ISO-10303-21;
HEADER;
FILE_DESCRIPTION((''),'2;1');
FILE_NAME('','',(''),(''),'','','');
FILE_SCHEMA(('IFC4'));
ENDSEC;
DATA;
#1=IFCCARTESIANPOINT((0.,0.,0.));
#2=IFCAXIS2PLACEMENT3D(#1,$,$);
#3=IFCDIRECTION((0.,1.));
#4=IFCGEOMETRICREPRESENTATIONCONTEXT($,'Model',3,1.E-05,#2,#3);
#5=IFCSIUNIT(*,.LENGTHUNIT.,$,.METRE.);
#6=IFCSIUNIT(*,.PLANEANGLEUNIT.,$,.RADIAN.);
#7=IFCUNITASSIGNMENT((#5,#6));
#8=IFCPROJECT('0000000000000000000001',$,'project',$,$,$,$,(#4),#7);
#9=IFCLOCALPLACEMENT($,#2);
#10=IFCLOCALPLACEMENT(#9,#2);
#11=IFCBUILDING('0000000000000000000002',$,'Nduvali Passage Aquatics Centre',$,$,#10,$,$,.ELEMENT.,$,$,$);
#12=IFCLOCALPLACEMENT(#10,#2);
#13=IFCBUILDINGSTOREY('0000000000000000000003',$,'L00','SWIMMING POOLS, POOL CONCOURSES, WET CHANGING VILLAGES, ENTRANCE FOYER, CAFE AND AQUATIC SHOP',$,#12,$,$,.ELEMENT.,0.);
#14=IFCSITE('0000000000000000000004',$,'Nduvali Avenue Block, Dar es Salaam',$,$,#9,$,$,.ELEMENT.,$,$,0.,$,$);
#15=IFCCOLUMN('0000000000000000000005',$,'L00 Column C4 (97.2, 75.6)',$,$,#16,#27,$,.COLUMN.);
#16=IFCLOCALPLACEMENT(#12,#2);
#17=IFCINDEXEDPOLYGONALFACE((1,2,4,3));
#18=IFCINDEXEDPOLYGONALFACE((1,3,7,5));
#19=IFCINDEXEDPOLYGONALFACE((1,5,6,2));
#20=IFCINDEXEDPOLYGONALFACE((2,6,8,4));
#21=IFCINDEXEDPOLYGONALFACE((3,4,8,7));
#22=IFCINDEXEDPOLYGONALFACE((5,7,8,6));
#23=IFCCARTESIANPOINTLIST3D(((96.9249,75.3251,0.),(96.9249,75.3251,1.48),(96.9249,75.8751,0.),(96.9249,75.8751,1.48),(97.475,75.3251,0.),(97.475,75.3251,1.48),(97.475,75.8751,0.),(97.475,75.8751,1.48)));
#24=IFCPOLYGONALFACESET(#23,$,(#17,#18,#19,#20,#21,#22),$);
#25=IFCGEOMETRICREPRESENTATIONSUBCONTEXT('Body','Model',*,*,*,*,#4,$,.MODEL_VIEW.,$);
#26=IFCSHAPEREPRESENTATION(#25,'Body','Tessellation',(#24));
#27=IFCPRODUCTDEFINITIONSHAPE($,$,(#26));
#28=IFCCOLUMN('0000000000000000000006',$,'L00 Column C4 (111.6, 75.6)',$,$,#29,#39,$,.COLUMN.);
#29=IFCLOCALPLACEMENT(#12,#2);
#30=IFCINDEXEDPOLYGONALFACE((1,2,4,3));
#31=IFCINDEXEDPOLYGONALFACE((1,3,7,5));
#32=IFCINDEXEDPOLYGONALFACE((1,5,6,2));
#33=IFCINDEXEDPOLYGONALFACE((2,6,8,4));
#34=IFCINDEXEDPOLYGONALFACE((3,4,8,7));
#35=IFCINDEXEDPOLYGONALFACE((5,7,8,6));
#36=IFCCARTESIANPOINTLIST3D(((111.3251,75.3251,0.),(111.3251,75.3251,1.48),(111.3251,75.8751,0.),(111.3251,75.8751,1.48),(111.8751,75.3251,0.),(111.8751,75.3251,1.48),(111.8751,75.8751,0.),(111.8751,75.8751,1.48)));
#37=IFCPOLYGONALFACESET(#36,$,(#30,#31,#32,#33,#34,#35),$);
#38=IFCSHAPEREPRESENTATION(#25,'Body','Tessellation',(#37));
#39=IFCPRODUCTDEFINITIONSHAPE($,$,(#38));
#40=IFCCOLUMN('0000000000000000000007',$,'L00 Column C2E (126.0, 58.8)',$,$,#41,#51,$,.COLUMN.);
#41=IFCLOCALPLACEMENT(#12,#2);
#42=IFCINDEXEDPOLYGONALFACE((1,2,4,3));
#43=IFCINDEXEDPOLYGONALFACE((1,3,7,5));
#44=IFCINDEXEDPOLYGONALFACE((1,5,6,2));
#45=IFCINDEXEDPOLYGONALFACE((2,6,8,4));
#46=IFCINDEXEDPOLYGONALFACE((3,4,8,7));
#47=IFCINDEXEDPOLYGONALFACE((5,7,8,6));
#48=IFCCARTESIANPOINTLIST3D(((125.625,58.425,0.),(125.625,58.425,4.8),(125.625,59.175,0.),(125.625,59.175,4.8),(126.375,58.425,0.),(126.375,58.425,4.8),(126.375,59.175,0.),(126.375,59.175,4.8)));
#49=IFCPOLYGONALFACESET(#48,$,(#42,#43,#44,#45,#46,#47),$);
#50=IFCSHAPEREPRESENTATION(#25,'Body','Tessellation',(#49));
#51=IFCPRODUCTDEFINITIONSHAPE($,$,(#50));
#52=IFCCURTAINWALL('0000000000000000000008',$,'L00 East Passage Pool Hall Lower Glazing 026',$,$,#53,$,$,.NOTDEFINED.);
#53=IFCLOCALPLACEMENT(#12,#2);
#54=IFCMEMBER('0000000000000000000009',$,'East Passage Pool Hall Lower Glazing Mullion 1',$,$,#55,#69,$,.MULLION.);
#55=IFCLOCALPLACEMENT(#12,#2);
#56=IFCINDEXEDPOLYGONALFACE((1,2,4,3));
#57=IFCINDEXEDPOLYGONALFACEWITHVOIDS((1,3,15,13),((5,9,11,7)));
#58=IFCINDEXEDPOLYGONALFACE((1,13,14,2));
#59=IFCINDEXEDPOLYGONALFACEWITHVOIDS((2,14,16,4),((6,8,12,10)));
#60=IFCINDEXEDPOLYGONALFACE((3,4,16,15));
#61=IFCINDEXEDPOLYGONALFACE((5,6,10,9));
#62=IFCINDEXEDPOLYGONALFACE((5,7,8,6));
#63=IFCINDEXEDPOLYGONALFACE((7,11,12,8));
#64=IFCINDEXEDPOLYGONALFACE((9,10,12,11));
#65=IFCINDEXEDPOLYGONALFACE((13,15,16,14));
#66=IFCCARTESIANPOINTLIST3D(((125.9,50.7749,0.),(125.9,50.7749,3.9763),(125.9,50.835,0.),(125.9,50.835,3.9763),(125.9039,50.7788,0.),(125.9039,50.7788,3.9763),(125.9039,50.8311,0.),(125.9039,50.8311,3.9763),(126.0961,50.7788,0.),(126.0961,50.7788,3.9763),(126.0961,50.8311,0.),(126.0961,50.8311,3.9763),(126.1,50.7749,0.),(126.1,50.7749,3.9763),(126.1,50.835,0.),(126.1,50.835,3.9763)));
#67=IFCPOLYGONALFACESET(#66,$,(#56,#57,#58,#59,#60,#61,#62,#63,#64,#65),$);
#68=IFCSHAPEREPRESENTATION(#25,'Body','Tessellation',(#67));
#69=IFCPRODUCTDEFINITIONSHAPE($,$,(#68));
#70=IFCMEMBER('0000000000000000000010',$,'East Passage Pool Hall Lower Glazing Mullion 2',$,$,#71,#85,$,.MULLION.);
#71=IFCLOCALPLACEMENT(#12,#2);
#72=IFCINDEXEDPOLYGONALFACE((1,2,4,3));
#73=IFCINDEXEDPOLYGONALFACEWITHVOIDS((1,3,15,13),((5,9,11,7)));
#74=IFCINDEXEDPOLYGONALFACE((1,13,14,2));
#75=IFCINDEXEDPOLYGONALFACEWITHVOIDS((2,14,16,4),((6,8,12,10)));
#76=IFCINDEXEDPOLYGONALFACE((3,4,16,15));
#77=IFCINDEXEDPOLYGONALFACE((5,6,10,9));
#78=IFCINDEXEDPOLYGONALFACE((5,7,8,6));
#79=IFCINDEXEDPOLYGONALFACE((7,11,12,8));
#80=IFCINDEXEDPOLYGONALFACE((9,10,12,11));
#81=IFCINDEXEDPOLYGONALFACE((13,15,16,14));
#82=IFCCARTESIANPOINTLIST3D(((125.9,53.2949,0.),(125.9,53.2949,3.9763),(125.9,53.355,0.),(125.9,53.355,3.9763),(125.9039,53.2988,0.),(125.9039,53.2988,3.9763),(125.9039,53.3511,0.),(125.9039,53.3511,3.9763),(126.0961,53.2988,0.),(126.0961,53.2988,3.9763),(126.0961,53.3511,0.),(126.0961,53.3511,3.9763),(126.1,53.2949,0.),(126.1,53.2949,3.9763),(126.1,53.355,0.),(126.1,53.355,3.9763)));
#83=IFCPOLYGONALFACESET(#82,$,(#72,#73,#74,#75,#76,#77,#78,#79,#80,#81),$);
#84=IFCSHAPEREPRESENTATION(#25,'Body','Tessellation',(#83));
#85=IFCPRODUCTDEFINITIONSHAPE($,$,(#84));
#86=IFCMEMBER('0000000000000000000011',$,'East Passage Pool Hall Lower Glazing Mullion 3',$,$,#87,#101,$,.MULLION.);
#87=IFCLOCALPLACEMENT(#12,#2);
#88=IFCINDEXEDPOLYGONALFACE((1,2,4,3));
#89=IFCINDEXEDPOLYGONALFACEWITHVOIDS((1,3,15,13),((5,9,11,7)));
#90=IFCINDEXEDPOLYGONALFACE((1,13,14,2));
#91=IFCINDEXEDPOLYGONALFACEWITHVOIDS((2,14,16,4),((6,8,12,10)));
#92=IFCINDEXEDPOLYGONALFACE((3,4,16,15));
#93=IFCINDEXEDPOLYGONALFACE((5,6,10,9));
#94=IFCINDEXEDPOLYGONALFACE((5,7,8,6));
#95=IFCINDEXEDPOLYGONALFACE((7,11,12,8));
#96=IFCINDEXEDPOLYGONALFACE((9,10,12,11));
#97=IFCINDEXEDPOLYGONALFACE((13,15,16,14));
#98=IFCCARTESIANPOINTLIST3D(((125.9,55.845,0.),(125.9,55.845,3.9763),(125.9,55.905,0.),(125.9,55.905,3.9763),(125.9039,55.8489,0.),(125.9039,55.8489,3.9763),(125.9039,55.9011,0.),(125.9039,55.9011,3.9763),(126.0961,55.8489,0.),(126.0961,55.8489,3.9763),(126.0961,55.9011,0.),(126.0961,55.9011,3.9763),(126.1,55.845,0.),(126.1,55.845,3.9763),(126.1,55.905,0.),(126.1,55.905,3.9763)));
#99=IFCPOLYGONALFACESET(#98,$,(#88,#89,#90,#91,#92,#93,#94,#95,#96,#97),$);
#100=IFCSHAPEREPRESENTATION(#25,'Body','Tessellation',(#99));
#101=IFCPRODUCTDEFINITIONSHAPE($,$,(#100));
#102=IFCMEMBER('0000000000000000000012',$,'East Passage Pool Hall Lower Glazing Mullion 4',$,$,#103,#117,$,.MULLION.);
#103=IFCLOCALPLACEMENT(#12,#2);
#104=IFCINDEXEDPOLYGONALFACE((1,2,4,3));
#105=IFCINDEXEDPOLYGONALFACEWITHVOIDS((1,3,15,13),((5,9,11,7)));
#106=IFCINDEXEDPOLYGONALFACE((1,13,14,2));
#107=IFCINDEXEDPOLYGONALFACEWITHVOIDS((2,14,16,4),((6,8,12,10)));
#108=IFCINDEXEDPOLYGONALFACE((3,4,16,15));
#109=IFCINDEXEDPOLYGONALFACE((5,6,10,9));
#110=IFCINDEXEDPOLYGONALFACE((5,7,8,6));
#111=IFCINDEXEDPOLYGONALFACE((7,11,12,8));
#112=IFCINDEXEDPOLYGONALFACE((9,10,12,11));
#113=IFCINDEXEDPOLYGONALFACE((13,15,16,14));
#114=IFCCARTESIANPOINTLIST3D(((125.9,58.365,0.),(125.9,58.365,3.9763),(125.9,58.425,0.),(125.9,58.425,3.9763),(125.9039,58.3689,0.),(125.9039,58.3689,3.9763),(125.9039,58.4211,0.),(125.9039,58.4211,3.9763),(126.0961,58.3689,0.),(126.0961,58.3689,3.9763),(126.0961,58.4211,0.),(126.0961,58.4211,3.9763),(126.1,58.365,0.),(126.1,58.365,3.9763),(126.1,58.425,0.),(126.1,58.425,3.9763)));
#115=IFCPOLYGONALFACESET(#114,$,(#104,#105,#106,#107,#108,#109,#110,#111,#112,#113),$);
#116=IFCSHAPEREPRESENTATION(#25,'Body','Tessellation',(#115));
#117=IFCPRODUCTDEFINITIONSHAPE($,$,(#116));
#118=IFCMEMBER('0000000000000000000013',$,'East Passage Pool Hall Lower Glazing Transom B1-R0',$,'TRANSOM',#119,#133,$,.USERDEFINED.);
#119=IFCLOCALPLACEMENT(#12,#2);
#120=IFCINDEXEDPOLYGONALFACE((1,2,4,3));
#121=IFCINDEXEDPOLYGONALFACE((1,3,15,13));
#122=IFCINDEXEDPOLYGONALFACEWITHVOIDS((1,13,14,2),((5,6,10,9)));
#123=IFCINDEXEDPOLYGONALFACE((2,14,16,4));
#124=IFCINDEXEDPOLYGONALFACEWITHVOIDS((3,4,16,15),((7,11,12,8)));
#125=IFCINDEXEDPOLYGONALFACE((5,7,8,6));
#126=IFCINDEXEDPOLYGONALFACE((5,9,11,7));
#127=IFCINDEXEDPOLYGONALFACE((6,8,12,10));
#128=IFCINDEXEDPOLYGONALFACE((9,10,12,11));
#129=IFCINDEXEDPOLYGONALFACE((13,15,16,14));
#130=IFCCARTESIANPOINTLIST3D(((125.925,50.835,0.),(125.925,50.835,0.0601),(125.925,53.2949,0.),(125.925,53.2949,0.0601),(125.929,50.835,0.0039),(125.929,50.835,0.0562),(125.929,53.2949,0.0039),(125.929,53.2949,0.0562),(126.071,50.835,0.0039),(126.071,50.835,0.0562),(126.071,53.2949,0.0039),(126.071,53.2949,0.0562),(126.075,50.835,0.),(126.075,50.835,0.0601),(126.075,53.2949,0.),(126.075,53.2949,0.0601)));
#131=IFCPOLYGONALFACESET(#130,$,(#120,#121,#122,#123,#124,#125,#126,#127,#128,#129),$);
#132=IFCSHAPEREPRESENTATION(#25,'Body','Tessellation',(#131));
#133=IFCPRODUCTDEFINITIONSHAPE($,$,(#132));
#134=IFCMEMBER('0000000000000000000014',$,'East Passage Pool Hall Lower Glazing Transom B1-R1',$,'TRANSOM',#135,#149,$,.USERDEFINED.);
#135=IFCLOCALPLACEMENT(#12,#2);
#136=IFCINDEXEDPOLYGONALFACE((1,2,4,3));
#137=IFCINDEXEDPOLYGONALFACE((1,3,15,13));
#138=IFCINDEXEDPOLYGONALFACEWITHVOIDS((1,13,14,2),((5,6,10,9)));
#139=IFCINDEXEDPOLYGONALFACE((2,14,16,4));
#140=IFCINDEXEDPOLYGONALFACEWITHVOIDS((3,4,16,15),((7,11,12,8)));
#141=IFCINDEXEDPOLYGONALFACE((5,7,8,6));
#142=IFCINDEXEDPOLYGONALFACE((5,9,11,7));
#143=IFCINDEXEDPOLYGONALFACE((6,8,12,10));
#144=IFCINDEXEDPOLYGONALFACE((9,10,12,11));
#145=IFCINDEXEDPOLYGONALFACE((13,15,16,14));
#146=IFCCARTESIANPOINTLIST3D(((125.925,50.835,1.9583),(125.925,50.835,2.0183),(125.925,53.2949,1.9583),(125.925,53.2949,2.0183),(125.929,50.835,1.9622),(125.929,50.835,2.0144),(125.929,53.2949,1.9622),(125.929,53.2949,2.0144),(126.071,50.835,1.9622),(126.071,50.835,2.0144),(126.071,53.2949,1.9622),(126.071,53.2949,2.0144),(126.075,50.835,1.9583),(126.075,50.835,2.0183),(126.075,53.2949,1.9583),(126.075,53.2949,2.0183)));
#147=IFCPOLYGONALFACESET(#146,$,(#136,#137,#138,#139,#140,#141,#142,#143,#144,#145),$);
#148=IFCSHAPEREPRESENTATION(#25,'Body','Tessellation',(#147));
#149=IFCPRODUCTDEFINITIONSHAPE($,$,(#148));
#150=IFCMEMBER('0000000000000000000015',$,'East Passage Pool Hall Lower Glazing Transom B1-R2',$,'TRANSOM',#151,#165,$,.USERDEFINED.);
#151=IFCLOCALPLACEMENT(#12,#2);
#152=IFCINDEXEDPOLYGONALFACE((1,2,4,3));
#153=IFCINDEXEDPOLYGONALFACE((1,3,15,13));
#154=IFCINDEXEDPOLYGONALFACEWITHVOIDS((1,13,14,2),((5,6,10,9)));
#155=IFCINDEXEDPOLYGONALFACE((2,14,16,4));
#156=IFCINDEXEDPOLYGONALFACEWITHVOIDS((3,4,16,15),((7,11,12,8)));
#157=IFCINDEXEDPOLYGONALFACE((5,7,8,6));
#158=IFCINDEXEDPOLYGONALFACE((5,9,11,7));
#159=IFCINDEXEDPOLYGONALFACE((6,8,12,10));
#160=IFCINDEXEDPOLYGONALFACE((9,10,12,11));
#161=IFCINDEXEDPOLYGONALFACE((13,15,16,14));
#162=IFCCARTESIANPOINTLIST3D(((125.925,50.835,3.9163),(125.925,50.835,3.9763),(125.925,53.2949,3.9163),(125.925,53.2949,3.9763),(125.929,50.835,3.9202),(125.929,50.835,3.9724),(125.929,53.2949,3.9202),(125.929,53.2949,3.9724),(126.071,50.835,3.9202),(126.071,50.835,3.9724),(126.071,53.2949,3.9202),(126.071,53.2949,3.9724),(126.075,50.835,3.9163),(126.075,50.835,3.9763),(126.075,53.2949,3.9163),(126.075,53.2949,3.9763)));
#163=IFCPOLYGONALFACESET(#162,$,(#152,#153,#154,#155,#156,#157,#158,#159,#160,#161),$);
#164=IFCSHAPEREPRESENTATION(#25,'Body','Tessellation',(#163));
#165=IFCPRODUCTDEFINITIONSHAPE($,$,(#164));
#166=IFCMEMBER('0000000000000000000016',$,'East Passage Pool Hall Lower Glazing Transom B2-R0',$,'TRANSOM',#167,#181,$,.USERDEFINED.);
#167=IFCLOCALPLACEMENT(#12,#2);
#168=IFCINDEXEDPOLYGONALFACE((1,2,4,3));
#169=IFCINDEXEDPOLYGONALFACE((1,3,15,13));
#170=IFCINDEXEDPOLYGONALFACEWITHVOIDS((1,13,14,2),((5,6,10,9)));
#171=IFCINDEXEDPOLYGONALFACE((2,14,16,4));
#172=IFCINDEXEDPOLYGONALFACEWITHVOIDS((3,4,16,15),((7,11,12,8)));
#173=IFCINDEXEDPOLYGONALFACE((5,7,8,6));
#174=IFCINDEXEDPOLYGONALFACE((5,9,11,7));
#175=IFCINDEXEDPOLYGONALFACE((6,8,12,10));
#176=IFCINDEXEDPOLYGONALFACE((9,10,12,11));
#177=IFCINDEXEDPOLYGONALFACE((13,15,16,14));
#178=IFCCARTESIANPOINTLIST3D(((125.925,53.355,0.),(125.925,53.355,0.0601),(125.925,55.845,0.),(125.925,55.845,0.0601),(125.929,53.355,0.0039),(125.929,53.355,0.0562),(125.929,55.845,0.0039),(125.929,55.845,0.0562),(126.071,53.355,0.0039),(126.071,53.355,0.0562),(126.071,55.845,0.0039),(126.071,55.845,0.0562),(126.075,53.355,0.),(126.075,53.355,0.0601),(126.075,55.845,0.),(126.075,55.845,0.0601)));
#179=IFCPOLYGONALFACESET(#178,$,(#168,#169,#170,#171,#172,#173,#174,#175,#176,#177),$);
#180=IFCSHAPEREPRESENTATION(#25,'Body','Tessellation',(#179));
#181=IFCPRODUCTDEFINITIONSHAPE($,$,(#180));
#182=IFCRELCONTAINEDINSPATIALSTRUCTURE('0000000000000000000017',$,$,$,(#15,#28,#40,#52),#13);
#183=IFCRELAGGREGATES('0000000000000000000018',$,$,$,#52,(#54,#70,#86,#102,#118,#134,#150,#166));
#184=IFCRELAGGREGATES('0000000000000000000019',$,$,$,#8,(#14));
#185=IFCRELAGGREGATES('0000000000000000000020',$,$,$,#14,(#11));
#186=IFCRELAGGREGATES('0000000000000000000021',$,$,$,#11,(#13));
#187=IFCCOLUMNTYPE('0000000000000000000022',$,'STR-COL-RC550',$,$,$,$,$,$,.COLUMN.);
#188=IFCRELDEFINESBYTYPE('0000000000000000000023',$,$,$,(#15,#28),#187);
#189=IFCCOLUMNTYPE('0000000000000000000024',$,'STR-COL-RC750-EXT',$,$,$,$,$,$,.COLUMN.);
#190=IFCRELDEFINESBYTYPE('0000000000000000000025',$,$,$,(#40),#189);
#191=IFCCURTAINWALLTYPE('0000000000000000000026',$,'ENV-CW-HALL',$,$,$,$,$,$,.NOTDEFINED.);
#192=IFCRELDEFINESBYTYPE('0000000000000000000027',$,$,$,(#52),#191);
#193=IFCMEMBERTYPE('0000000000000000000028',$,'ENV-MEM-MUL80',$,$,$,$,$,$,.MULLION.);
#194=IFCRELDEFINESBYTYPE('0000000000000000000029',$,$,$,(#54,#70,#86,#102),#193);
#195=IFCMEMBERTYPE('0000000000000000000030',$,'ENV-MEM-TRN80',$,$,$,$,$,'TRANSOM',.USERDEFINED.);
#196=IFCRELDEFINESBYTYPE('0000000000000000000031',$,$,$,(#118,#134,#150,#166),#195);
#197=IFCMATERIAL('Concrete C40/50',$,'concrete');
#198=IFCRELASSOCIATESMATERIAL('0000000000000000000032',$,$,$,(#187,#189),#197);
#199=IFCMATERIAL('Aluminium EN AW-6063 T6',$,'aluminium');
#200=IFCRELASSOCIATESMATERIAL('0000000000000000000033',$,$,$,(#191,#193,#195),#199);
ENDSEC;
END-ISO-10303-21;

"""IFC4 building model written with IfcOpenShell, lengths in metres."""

from ifc_helpers import new_model, si_unit, direction, frame, origin, origin_2d, place, context, subcontext, project, spatial, rectangle, hollow_rectangle, extrude, material, material_profile, profile_set, type_object, element, aggregate, save


model = new_model("IFC4")

# Units and contexts
model_context = context("Model", 3, precision=1e-05, world=origin(), true_north=direction((0.0, 1.0)))
body_context = subcontext(model_context, "Body", "Model", "MODEL_VIEW")
ifc_project = project(units=[si_unit("LENGTHUNIT", "METRE"), si_unit("PLANEANGLEUNIT", "RADIAN")], contexts=[model_context])

# Site, building, storey
site_placement = place(None, origin())
site = spatial("IfcSite", under=ifc_project, at=site_placement, Name="Nduvali Avenue Block, Dar es Salaam", CompositionType="ELEMENT", RefElevation=0.0)
building_placement = place(site_placement, origin())
building = spatial("IfcBuilding", under=site, at=building_placement, Name="Nduvali Passage Aquatics Centre", CompositionType="ELEMENT")
storey_placement = place(building_placement, origin())
storey = spatial("IfcBuildingStorey", under=building, at=storey_placement, Name="L00", Description="SWIMMING POOLS, POOL CONCOURSES, WET CHANGING VILLAGES, ENTRANCE FOYER, CAFE AND AQUATIC SHOP", CompositionType="ELEMENT", Elevation=0.0)

# Columns
ifc_material_1 = material(Name="Concrete C40/50", Category="concrete")
ifc_material_profile_1 = material_profile(ifc_material_1, rectangle(XDim=0.55, YDim=0.55, at=origin_2d()), Name="RC 550x550")
ifc_profile_set_1 = profile_set([ifc_material_profile_1], Name="Concrete C40/50")
column_type_1 = type_object("IfcColumnType", Name="STR-COL-RC550", PredefinedType="COLUMN", material=ifc_profile_set_1)
for number, where, z_axis, x_axis, name in (
    (1, (97.2, 75.6001, 0.0), (0.0, 0.0, 1.0), (1.0, 0.0, 0.0), "L00 Column C4 (97.2, 75.6)"),
    (2, (111.6001, 75.6001, 0.0), (0.0, 0.0, 1.0), (1.0, 0.0, 0.0), "L00 Column C4 (111.6, 75.6)"),
):
    element("IfcColumn", number, at=place(storey_placement, frame(where, z_axis=z_axis, x_axis=x_axis)), inside=storey, type_object=column_type_1, Name=name, PredefinedType="COLUMN", context=body_context, shape_type="SweptSolid", body=[
        extrude(rectangle(XDim=0.55, YDim=0.55, at=origin_2d()), origin(), (0.0, 0.0, 1.0), 1.48),
    ])
ifc_material_profile_2 = material_profile(ifc_material_1, rectangle(XDim=0.75, YDim=0.75, at=origin_2d()), Name="RC 750x750")
ifc_profile_set_2 = profile_set([ifc_material_profile_2], Name="Concrete C40/50")
column_type_2 = type_object("IfcColumnType", Name="STR-COL-RC750-EXT", PredefinedType="COLUMN", material=ifc_profile_set_2)
column_placement = place(storey_placement, frame((126.0, 58.8, 0.0), z_axis=(0.0, 0.0, 1.0), x_axis=(1.0, 0.0, 0.0)))
element("IfcColumn", 3, at=column_placement, inside=storey, type_object=column_type_2, Name="L00 Column C2E (126.0, 58.8)", PredefinedType="COLUMN", context=body_context, shape_type="SweptSolid", body=[
    extrude(rectangle(XDim=0.75, YDim=0.75, at=origin_2d()), origin(), (0.0, 0.0, 1.0), 4.8),
])

# Curtain wall, members
ifc_material_2 = material(Name="Aluminium EN AW-6063 T6", Category="aluminium")
curtain_wall_type = type_object("IfcCurtainWallType", Name="ENV-CW-HALL", PredefinedType="NOTDEFINED", material=ifc_material_2)
curtain_wall_placement = place(storey_placement, origin())
curtain_wall = element("IfcCurtainWall", 4, at=curtain_wall_placement, inside=storey, type_object=curtain_wall_type, Name="L00 East Passage Pool Hall Lower Glazing 026", PredefinedType="NOTDEFINED")
ifc_material_profile_3 = material_profile(ifc_material_2, hollow_rectangle(XDim=0.0601, YDim=0.2, WallThickness=0.0039, at=origin_2d()), Name="ALU MULLION 60x200x4")
ifc_profile_set_3 = profile_set([ifc_material_profile_3], Name="Aluminium EN AW-6063 T6")
member_type_1 = type_object("IfcMemberType", Name="ENV-MEM-MUL80", PredefinedType="MULLION", material=ifc_profile_set_3)
member_1_placement = place(storey_placement, frame((126.0, 50.8049, 0.0), z_axis=(0.0, 0.0, 1.0), x_axis=(0.0, 1.0, 0.0)))
member_1 = element("IfcMember", 5, at=member_1_placement, type_object=member_type_1, Name="East Passage Pool Hall Lower Glazing Mullion 1", PredefinedType="MULLION", context=body_context, shape_type="SweptSolid", body=[
    extrude(hollow_rectangle(XDim=0.0601, YDim=0.2, WallThickness=0.0039, at=origin_2d()), origin(), (0.0, 0.0, 1.0), 3.9763),
])
member_2_placement = place(storey_placement, frame((126.0, 53.325, 0.0), z_axis=(0.0, 0.0, 1.0), x_axis=(0.0, 1.0, 0.0)))
member_2 = element("IfcMember", 6, at=member_2_placement, type_object=member_type_1, Name="East Passage Pool Hall Lower Glazing Mullion 2", PredefinedType="MULLION", context=body_context, shape_type="SweptSolid", body=[
    extrude(hollow_rectangle(XDim=0.0601, YDim=0.2, WallThickness=0.0039, at=origin_2d()), origin(), (0.0, 0.0, 1.0), 3.9763),
])
member_3_placement = place(storey_placement, frame((126.0, 55.875, 0.0), z_axis=(0.0, 0.0, 1.0), x_axis=(0.0, 1.0, 0.0)))
member_3 = element("IfcMember", 7, at=member_3_placement, type_object=member_type_1, Name="East Passage Pool Hall Lower Glazing Mullion 3", PredefinedType="MULLION", context=body_context, shape_type="SweptSolid", body=[
    extrude(hollow_rectangle(XDim=0.0601, YDim=0.2, WallThickness=0.0039, at=origin_2d()), origin(), (0.0, 0.0, 1.0), 3.9763),
])
member_4_placement = place(storey_placement, frame((126.0, 58.395, 0.0), z_axis=(0.0, 0.0, 1.0), x_axis=(0.0, 1.0, 0.0)))
member_4 = element("IfcMember", 8, at=member_4_placement, type_object=member_type_1, Name="East Passage Pool Hall Lower Glazing Mullion 4", PredefinedType="MULLION", context=body_context, shape_type="SweptSolid", body=[
    extrude(hollow_rectangle(XDim=0.0601, YDim=0.2, WallThickness=0.0039, at=origin_2d()), origin(), (0.0, 0.0, 1.0), 3.9763),
])
ifc_material_profile_4 = material_profile(ifc_material_2, hollow_rectangle(XDim=0.1499, YDim=0.0601, WallThickness=0.0039, at=origin_2d()), Name="ALU TRANSOM 150x60x4")
ifc_profile_set_4 = profile_set([ifc_material_profile_4], Name="Aluminium EN AW-6063 T6")
member_type_2 = type_object("IfcMemberType", Name="ENV-MEM-TRN80", ElementType="TRANSOM", PredefinedType="USERDEFINED", material=ifc_profile_set_4)
member_5_placement = place(storey_placement, frame((126.0, 50.835, 0.03), z_axis=(0.0, 1.0, 0.0), x_axis=(-1.0, 0.0, 0.0)))
member_5 = element("IfcMember", 9, at=member_5_placement, type_object=member_type_2, Name="East Passage Pool Hall Lower Glazing Transom B1-R0", ObjectType="TRANSOM", PredefinedType="USERDEFINED", context=body_context, shape_type="SweptSolid", body=[
    extrude(hollow_rectangle(XDim=0.1499, YDim=0.0601, WallThickness=0.0039, at=origin_2d()), origin(), (0.0, 0.0, 1.0), 2.46),
])
member_6_placement = place(storey_placement, frame((126.0, 50.835, 1.9883), z_axis=(0.0, 1.0, 0.0), x_axis=(-1.0, 0.0, 0.0)))
member_6 = element("IfcMember", 10, at=member_6_placement, type_object=member_type_2, Name="East Passage Pool Hall Lower Glazing Transom B1-R1", ObjectType="TRANSOM", PredefinedType="USERDEFINED", context=body_context, shape_type="SweptSolid", body=[
    extrude(hollow_rectangle(XDim=0.1499, YDim=0.0601, WallThickness=0.0039, at=origin_2d()), origin(), (0.0, 0.0, 1.0), 2.46),
])
member_7_placement = place(storey_placement, frame((126.0, 50.835, 3.9463), z_axis=(0.0, 1.0, 0.0), x_axis=(-1.0, 0.0, 0.0)))
member_7 = element("IfcMember", 11, at=member_7_placement, type_object=member_type_2, Name="East Passage Pool Hall Lower Glazing Transom B1-R2", ObjectType="TRANSOM", PredefinedType="USERDEFINED", context=body_context, shape_type="SweptSolid", body=[
    extrude(hollow_rectangle(XDim=0.1499, YDim=0.0601, WallThickness=0.0039, at=origin_2d()), origin(), (0.0, 0.0, 1.0), 2.46),
])
member_8_placement = place(storey_placement, frame((126.0, 53.355, 0.03), z_axis=(0.0, 1.0, 0.0), x_axis=(-1.0, 0.0, 0.0)))
member_8 = element("IfcMember", 12, at=member_8_placement, type_object=member_type_2, Name="East Passage Pool Hall Lower Glazing Transom B2-R0", ObjectType="TRANSOM", PredefinedType="USERDEFINED", context=body_context, shape_type="SweptSolid", body=[
    extrude(hollow_rectangle(XDim=0.1499, YDim=0.0601, WallThickness=0.0039, at=origin_2d()), origin(), (0.0, 0.0, 1.0), 2.49),
])

aggregate(curtain_wall, [member_1, member_2, member_3, member_4, member_5, member_6, member_7, member_8])

save(model, "model.ifc")
